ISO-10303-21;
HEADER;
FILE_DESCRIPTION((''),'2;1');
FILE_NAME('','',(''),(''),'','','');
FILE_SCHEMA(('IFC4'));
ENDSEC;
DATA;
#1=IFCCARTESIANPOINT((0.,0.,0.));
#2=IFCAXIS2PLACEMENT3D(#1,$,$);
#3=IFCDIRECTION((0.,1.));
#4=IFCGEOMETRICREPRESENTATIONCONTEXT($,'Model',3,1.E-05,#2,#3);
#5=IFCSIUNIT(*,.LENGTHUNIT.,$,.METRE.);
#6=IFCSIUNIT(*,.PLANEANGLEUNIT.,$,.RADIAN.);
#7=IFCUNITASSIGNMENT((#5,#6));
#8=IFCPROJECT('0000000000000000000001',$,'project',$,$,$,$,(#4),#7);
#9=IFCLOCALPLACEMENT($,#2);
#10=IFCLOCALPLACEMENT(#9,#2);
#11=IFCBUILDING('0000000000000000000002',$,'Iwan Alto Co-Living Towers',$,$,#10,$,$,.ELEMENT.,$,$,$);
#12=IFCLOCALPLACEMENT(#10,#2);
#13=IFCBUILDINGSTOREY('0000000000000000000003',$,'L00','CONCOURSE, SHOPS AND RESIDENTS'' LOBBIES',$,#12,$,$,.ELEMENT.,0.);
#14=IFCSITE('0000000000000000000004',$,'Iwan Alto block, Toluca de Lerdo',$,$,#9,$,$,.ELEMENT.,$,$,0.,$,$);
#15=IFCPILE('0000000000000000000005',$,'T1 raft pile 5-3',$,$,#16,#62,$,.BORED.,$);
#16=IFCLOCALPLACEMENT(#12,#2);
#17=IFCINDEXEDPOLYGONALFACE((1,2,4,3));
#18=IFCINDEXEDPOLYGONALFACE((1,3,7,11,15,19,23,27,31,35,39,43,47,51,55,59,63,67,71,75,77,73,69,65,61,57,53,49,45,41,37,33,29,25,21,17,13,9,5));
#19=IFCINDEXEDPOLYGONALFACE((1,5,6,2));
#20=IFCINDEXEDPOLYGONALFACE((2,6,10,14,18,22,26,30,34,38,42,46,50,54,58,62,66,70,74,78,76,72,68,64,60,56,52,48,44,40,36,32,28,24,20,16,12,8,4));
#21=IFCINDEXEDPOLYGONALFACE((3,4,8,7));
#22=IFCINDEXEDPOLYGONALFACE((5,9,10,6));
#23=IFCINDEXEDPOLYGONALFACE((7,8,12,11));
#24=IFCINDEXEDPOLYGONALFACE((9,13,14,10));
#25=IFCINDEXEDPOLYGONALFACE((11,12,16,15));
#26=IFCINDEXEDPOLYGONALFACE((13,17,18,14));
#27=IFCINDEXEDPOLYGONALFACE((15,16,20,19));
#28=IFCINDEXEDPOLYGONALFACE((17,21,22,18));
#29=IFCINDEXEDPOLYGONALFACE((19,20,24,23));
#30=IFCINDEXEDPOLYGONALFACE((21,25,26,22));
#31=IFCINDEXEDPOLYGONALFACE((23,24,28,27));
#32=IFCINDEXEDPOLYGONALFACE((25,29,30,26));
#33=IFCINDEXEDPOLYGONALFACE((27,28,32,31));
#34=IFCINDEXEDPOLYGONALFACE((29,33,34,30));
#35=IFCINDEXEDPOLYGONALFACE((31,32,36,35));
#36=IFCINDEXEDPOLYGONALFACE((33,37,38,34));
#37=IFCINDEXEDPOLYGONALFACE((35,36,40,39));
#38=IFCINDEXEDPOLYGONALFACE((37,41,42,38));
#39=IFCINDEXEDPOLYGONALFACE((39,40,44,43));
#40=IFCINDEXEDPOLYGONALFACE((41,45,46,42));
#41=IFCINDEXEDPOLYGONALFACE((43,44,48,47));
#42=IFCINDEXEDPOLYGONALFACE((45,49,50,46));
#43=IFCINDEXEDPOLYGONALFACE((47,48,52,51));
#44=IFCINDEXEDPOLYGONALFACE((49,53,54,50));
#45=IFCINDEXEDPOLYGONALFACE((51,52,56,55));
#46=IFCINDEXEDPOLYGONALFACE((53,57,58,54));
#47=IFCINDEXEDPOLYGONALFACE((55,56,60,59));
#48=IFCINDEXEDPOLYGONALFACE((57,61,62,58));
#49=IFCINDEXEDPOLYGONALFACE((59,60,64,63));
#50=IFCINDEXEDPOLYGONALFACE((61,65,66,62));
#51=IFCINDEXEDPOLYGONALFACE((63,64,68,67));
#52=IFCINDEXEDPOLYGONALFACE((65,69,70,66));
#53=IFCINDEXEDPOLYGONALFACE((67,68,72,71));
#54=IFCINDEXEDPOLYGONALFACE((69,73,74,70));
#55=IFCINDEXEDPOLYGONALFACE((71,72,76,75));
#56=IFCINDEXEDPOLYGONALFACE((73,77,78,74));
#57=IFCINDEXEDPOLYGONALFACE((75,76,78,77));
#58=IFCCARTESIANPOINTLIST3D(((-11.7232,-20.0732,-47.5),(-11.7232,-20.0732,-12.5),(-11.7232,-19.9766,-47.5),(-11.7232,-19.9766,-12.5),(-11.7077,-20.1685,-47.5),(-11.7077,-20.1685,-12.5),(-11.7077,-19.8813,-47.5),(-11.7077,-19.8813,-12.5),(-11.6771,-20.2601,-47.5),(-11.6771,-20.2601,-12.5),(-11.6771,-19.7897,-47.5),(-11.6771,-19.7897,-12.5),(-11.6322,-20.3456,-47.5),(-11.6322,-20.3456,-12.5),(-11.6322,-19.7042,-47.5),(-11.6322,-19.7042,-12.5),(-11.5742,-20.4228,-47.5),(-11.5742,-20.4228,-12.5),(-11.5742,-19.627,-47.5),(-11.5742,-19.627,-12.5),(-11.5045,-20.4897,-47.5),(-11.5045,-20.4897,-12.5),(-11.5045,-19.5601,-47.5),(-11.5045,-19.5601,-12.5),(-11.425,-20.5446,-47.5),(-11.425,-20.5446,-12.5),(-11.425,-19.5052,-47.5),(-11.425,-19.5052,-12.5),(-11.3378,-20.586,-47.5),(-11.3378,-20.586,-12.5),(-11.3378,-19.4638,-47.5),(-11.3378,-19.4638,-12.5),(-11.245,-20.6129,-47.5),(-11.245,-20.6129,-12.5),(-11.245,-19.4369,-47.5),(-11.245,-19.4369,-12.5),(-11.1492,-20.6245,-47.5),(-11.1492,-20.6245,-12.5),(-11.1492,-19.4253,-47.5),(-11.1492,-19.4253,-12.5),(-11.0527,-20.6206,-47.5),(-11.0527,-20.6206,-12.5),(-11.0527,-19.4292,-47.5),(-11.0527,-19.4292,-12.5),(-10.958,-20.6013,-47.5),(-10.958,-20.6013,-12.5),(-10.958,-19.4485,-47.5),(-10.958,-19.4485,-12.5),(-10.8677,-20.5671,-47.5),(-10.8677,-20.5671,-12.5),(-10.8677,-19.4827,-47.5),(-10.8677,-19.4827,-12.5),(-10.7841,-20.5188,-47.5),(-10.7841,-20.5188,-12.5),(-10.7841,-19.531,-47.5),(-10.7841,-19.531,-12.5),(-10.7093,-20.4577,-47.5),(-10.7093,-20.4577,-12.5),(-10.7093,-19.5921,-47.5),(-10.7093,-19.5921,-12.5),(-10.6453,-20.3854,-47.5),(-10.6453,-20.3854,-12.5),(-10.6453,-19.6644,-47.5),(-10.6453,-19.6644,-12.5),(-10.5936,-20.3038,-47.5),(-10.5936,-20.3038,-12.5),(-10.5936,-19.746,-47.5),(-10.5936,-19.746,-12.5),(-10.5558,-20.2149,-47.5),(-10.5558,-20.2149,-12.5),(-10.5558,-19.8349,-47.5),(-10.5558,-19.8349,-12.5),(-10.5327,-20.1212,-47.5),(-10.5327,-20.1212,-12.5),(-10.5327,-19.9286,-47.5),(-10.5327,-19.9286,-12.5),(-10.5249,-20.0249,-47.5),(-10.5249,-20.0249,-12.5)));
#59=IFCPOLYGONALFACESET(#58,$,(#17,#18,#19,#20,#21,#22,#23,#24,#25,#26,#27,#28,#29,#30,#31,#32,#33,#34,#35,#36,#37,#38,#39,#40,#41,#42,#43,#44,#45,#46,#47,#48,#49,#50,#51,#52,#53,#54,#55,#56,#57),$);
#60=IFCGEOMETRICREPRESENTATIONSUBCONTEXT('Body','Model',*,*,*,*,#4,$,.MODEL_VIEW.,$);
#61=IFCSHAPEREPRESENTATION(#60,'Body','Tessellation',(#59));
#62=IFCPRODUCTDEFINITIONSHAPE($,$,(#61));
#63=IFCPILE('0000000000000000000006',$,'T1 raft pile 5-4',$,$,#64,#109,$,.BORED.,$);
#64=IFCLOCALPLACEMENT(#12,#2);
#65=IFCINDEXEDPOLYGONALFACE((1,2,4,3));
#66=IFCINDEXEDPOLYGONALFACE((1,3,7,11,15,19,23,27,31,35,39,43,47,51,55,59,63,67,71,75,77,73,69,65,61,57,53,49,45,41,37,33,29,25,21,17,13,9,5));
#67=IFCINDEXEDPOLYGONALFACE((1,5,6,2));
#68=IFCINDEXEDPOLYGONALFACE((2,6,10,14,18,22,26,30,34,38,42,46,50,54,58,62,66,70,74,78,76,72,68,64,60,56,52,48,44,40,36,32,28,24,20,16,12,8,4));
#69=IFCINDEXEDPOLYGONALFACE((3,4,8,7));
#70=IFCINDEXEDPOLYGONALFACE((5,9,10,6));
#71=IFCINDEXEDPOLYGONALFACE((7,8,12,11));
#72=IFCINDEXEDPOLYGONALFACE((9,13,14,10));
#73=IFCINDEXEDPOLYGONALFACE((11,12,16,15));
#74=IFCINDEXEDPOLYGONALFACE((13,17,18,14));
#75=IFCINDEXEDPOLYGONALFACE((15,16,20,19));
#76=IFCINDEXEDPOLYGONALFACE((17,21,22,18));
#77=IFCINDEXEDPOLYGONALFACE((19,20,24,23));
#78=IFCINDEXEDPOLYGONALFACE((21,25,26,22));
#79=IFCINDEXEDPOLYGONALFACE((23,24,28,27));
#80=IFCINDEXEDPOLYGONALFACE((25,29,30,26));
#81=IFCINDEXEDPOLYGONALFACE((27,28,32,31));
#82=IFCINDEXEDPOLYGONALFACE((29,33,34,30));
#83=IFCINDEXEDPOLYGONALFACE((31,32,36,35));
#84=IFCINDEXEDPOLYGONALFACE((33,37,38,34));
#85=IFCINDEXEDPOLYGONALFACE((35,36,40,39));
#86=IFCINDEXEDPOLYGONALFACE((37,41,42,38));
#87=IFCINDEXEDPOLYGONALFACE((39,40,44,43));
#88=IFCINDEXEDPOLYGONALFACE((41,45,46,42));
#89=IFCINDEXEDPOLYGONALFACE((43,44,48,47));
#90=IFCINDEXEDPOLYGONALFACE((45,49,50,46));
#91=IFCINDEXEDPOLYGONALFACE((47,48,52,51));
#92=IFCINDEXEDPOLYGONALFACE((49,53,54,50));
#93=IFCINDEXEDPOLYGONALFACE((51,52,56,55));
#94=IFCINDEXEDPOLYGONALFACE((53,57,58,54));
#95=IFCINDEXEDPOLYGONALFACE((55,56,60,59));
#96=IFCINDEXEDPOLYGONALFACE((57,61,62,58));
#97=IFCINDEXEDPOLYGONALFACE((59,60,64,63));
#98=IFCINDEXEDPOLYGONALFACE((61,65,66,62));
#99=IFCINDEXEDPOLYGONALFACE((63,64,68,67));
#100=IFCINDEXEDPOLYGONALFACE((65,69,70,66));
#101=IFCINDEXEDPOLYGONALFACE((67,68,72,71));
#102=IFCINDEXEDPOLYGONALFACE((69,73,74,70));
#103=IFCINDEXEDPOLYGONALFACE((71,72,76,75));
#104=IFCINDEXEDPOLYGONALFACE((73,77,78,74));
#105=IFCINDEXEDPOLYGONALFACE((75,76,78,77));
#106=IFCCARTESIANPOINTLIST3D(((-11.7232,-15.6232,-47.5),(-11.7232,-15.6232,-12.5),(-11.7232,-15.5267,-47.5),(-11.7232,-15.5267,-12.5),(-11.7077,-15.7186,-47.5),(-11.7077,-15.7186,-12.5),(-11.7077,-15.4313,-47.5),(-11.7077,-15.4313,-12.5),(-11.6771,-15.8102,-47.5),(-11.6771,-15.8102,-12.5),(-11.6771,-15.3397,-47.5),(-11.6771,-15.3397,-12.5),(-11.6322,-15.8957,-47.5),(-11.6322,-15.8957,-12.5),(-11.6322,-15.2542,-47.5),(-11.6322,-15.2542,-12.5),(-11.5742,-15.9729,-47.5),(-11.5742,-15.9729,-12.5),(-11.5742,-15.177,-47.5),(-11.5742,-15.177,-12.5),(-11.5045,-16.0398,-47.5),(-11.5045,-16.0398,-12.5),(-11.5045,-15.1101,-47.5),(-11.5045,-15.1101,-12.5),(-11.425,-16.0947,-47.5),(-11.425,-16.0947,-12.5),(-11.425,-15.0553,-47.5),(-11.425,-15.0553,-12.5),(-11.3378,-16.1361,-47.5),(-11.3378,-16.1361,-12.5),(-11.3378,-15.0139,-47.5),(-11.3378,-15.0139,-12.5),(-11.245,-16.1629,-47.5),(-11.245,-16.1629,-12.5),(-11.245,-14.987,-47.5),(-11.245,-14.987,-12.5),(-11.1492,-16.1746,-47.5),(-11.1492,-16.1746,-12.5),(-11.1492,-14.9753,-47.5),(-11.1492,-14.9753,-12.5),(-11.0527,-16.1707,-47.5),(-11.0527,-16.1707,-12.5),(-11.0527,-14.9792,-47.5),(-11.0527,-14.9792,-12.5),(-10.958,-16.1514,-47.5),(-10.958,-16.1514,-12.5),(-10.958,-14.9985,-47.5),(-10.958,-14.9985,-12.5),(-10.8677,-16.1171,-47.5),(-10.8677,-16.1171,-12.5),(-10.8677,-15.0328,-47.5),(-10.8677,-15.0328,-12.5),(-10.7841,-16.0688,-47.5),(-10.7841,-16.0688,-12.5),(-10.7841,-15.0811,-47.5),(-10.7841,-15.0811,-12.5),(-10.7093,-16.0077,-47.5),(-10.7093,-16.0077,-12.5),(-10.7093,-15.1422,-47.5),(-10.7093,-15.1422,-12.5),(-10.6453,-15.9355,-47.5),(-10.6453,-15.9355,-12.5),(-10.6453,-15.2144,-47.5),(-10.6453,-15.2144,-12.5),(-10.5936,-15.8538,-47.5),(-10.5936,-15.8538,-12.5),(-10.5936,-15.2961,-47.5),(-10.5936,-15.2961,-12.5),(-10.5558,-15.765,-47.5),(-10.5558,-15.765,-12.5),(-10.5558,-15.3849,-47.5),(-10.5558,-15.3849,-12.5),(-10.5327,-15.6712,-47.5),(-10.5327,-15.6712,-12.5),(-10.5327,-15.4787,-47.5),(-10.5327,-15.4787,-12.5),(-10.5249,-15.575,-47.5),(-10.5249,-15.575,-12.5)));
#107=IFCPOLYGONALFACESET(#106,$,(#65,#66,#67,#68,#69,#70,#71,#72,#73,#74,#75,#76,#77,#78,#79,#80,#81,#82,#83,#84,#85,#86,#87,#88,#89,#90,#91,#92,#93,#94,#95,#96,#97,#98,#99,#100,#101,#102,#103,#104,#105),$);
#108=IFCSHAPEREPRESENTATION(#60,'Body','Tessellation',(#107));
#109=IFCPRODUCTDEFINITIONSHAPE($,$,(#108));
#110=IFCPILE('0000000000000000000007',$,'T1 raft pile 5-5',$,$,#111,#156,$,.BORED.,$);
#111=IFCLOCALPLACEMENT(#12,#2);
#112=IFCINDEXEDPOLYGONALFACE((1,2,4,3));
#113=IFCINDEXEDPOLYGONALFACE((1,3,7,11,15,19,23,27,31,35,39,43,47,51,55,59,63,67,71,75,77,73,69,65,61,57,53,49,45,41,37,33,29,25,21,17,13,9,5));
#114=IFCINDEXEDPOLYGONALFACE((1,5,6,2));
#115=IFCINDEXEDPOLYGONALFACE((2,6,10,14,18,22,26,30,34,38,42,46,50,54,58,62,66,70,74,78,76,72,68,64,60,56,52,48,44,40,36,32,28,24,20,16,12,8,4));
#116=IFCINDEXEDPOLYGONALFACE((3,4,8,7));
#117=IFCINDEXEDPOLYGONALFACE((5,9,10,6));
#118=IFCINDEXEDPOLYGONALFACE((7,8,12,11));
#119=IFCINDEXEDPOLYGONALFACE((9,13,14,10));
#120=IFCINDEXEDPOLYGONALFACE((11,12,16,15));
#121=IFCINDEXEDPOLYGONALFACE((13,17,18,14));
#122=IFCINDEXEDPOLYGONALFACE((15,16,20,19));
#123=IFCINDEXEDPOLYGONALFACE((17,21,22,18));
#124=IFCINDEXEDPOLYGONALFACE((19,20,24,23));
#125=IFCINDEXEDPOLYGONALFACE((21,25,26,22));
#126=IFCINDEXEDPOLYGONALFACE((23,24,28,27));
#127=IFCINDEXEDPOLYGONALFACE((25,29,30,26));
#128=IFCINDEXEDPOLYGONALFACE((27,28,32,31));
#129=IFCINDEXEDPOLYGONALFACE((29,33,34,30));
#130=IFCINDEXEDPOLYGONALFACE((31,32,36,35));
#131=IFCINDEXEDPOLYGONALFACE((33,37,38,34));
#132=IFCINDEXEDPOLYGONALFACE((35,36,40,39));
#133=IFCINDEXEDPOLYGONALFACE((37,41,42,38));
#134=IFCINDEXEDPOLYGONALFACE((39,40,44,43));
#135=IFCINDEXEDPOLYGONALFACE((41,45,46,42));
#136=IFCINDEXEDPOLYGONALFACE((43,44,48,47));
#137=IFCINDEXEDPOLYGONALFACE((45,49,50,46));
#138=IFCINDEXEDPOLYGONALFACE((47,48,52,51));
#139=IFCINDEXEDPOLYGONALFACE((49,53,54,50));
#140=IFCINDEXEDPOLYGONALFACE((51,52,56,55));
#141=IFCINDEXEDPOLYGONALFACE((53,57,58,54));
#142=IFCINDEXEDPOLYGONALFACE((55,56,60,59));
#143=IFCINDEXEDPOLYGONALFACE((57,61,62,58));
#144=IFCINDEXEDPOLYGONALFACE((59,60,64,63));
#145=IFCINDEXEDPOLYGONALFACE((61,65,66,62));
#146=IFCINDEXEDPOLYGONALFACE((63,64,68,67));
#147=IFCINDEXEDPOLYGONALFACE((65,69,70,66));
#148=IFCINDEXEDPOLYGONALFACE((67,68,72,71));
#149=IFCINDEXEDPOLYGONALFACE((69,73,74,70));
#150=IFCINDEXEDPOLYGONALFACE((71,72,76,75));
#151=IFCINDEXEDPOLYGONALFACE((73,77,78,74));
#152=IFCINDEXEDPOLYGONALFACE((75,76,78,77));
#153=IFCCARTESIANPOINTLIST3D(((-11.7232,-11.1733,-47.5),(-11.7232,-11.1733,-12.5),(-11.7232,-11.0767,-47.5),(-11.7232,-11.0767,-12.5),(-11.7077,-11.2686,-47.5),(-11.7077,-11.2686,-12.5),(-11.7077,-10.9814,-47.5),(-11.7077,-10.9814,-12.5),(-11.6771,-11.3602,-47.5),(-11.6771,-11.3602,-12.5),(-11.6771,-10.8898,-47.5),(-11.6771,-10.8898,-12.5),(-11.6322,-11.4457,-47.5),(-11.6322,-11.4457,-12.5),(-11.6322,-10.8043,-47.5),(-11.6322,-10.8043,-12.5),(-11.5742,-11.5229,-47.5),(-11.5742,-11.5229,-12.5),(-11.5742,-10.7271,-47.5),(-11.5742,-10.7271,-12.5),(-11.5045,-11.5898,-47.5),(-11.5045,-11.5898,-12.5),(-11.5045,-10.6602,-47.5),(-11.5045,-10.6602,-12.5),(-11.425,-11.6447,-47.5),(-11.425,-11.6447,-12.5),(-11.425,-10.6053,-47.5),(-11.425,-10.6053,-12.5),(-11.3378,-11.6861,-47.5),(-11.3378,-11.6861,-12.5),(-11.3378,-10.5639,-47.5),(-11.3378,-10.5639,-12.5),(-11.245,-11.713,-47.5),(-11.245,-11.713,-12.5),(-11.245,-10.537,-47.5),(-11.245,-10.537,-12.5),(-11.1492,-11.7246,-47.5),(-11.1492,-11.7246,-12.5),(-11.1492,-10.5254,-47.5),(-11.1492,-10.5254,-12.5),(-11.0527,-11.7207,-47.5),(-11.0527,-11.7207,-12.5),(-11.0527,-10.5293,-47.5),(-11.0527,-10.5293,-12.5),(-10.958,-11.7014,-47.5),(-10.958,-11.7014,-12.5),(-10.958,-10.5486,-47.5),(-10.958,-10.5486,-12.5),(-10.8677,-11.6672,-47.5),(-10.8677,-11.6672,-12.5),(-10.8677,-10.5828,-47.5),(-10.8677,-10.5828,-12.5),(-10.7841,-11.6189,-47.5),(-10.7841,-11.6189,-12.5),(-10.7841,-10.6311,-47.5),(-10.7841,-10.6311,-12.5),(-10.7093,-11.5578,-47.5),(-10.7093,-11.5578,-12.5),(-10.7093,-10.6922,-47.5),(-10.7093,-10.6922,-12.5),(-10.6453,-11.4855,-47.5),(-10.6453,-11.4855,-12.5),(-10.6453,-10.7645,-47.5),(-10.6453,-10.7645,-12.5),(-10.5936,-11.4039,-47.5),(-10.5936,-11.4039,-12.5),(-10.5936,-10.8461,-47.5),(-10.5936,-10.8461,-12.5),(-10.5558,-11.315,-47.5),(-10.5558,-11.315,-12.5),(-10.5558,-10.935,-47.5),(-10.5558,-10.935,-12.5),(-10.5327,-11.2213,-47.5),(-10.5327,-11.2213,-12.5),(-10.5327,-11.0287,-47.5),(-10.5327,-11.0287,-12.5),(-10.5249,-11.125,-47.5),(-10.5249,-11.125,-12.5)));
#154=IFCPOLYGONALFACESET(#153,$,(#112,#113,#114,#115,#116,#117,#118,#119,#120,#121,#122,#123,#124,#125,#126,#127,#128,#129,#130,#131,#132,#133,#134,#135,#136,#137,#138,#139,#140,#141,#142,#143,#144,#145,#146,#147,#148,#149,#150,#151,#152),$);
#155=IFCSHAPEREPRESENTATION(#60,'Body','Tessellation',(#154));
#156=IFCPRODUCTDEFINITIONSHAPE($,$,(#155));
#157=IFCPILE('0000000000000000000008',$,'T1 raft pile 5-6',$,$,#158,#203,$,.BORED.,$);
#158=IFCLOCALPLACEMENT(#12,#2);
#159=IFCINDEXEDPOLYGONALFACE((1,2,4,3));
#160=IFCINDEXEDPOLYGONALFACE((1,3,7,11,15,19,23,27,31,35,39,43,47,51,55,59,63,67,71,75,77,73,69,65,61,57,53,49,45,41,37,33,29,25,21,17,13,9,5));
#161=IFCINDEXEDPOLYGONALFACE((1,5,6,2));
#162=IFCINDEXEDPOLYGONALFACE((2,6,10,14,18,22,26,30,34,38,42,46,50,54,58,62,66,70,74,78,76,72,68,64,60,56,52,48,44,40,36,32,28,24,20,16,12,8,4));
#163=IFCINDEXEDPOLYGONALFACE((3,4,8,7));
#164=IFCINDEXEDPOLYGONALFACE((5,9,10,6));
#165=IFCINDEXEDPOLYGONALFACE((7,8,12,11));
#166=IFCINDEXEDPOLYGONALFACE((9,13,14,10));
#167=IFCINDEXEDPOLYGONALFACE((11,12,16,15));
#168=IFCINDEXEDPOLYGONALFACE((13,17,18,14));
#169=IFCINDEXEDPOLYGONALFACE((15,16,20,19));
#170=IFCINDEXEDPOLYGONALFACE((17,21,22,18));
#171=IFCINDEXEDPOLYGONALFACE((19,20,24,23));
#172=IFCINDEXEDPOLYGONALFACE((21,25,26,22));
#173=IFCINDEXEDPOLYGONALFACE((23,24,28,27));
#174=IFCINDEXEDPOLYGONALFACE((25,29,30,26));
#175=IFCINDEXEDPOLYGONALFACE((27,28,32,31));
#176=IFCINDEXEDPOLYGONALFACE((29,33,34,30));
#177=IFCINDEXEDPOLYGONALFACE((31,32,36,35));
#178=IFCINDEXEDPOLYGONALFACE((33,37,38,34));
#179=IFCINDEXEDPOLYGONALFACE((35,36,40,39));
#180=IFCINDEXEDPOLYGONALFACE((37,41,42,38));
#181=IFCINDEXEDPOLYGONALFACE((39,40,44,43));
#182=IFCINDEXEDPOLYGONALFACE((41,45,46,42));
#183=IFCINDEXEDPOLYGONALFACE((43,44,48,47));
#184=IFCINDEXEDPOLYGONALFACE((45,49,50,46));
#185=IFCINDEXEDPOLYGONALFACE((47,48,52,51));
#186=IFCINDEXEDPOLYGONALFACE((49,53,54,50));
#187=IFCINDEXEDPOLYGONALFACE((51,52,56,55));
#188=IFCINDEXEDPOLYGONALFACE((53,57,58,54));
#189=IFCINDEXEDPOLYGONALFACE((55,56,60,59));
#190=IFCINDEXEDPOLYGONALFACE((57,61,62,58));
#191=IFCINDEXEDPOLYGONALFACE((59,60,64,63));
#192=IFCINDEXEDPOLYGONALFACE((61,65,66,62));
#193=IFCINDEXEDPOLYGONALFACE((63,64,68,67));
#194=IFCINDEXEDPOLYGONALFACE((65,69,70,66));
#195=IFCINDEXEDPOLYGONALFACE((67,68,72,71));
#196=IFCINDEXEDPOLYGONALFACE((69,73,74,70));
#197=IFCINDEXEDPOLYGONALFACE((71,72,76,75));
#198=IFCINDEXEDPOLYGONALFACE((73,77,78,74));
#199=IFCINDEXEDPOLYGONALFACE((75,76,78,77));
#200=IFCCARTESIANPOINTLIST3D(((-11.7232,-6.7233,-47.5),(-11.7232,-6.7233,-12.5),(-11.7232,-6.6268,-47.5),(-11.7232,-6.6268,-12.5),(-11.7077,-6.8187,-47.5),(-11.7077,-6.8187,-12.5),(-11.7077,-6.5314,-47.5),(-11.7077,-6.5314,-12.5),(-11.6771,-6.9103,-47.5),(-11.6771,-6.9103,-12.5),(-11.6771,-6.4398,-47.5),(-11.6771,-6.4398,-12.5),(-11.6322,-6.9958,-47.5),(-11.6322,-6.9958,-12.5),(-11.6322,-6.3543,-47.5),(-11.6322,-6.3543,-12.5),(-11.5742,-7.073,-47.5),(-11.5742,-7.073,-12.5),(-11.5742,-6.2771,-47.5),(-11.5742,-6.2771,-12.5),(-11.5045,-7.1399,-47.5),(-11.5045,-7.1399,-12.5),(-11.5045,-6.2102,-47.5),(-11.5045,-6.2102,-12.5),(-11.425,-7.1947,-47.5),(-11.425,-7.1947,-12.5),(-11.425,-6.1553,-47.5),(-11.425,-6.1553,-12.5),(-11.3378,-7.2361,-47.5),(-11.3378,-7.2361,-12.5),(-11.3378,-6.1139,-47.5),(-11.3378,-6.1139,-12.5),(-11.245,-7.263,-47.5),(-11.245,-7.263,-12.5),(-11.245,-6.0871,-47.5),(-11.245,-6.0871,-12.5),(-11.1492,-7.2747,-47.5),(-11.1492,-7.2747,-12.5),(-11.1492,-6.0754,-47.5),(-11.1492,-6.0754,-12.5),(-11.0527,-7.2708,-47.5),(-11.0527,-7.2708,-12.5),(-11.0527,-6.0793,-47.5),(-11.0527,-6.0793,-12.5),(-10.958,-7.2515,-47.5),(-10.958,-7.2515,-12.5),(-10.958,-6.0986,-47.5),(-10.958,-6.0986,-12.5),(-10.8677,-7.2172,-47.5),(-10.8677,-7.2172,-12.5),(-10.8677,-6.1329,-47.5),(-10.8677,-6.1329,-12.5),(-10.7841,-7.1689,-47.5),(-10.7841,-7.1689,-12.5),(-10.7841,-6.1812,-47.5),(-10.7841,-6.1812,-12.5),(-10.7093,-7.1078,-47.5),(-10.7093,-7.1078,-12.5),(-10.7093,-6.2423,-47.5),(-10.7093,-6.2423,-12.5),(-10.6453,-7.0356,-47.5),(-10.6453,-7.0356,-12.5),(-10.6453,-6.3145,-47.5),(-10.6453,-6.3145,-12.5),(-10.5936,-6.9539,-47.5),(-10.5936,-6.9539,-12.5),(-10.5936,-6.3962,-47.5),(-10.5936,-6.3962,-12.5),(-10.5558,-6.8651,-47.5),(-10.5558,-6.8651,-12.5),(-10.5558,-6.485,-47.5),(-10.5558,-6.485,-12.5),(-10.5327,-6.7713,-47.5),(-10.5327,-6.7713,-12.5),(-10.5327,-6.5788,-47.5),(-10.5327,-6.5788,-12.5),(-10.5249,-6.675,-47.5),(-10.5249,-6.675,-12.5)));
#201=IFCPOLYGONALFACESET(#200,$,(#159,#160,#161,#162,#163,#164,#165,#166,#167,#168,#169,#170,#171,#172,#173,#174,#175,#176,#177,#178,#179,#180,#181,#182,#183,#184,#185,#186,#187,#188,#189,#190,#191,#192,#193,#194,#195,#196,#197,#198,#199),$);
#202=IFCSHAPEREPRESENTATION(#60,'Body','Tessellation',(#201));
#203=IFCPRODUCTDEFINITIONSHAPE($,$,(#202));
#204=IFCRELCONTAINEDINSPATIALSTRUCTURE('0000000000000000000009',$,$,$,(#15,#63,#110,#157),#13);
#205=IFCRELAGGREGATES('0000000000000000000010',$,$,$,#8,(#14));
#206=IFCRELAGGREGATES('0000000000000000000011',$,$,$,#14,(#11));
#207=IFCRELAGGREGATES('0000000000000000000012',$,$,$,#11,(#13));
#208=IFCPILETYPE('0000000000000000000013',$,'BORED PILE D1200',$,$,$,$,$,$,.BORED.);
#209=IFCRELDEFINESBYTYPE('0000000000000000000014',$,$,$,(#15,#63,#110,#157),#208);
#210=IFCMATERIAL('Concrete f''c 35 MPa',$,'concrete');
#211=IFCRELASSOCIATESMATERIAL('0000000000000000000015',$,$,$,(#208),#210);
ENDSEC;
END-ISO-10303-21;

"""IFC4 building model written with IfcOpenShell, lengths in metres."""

from ifc_helpers import new_model, si_unit, direction, frame, origin, origin_2d, place, context, subcontext, project, spatial, circle, extrude, material, material_profile, profile_set, type_object, element, save


model = new_model("IFC4")

# Units and contexts
model_context = context("Model", 3, precision=1e-05, world=origin(), true_north=direction((0.0, 1.0)))
body_context = subcontext(model_context, "Body", "Model", "MODEL_VIEW")
ifc_project = project(units=[si_unit("LENGTHUNIT", "METRE"), si_unit("PLANEANGLEUNIT", "RADIAN")], contexts=[model_context])

# Site, building, storey
site_placement = place(None, origin())
site = spatial("IfcSite", under=ifc_project, at=site_placement, Name="Iwan Alto block, Toluca de Lerdo", CompositionType="ELEMENT", RefElevation=0.0)
building_placement = place(site_placement, origin())
building = spatial("IfcBuilding", under=site, at=building_placement, Name="Iwan Alto Co-Living Towers", CompositionType="ELEMENT")
storey_placement = place(building_placement, origin())
storey = spatial("IfcBuildingStorey", under=building, at=storey_placement, Name="L00", Description="CONCOURSE, SHOPS AND RESIDENTS' LOBBIES", CompositionType="ELEMENT", Elevation=0.0)

# Piles
ifc_material_1 = material(Name="Concrete f'c 35 MPa", Category="concrete")
ifc_material_profile = material_profile(ifc_material_1, circle(Radius=0.6001, at=origin_2d()), Name="D1200")
ifc_profile_set = profile_set([ifc_material_profile], Name="Concrete f'c 35 MPa")
pile_type = type_object("IfcPileType", Name="BORED PILE D1200", PredefinedType="BORED", material=ifc_profile_set)
for number, where, z_axis, x_axis, name in (
    (1, (-11.125, -20.0249, -12.5), (0.0, 0.0, -1.0), (1.0, 0.0, 0.0), "T1 raft pile 5-3"),
    (2, (-11.125, -15.575, -12.5), (0.0, 0.0, -1.0), (1.0, 0.0, 0.0), "T1 raft pile 5-4"),
    (3, (-11.125, -11.125, -12.5), (0.0, 0.0, -1.0), (1.0, 0.0, 0.0), "T1 raft pile 5-5"),
    (4, (-11.125, -6.675, -12.5), (0.0, 0.0, -1.0), (1.0, 0.0, 0.0), "T1 raft pile 5-6"),
):
    element("IfcPile", number, at=place(storey_placement, frame(where, z_axis=z_axis, x_axis=x_axis)), inside=storey, type_object=pile_type, Name=name, PredefinedType="BORED", context=body_context, shape_type="SweptSolid", body=[
        extrude(circle(Radius=0.6001, at=origin_2d()), origin(), (0.0, 0.0, 1.0), 35.0),
    ])

save(model, "model.ifc")
